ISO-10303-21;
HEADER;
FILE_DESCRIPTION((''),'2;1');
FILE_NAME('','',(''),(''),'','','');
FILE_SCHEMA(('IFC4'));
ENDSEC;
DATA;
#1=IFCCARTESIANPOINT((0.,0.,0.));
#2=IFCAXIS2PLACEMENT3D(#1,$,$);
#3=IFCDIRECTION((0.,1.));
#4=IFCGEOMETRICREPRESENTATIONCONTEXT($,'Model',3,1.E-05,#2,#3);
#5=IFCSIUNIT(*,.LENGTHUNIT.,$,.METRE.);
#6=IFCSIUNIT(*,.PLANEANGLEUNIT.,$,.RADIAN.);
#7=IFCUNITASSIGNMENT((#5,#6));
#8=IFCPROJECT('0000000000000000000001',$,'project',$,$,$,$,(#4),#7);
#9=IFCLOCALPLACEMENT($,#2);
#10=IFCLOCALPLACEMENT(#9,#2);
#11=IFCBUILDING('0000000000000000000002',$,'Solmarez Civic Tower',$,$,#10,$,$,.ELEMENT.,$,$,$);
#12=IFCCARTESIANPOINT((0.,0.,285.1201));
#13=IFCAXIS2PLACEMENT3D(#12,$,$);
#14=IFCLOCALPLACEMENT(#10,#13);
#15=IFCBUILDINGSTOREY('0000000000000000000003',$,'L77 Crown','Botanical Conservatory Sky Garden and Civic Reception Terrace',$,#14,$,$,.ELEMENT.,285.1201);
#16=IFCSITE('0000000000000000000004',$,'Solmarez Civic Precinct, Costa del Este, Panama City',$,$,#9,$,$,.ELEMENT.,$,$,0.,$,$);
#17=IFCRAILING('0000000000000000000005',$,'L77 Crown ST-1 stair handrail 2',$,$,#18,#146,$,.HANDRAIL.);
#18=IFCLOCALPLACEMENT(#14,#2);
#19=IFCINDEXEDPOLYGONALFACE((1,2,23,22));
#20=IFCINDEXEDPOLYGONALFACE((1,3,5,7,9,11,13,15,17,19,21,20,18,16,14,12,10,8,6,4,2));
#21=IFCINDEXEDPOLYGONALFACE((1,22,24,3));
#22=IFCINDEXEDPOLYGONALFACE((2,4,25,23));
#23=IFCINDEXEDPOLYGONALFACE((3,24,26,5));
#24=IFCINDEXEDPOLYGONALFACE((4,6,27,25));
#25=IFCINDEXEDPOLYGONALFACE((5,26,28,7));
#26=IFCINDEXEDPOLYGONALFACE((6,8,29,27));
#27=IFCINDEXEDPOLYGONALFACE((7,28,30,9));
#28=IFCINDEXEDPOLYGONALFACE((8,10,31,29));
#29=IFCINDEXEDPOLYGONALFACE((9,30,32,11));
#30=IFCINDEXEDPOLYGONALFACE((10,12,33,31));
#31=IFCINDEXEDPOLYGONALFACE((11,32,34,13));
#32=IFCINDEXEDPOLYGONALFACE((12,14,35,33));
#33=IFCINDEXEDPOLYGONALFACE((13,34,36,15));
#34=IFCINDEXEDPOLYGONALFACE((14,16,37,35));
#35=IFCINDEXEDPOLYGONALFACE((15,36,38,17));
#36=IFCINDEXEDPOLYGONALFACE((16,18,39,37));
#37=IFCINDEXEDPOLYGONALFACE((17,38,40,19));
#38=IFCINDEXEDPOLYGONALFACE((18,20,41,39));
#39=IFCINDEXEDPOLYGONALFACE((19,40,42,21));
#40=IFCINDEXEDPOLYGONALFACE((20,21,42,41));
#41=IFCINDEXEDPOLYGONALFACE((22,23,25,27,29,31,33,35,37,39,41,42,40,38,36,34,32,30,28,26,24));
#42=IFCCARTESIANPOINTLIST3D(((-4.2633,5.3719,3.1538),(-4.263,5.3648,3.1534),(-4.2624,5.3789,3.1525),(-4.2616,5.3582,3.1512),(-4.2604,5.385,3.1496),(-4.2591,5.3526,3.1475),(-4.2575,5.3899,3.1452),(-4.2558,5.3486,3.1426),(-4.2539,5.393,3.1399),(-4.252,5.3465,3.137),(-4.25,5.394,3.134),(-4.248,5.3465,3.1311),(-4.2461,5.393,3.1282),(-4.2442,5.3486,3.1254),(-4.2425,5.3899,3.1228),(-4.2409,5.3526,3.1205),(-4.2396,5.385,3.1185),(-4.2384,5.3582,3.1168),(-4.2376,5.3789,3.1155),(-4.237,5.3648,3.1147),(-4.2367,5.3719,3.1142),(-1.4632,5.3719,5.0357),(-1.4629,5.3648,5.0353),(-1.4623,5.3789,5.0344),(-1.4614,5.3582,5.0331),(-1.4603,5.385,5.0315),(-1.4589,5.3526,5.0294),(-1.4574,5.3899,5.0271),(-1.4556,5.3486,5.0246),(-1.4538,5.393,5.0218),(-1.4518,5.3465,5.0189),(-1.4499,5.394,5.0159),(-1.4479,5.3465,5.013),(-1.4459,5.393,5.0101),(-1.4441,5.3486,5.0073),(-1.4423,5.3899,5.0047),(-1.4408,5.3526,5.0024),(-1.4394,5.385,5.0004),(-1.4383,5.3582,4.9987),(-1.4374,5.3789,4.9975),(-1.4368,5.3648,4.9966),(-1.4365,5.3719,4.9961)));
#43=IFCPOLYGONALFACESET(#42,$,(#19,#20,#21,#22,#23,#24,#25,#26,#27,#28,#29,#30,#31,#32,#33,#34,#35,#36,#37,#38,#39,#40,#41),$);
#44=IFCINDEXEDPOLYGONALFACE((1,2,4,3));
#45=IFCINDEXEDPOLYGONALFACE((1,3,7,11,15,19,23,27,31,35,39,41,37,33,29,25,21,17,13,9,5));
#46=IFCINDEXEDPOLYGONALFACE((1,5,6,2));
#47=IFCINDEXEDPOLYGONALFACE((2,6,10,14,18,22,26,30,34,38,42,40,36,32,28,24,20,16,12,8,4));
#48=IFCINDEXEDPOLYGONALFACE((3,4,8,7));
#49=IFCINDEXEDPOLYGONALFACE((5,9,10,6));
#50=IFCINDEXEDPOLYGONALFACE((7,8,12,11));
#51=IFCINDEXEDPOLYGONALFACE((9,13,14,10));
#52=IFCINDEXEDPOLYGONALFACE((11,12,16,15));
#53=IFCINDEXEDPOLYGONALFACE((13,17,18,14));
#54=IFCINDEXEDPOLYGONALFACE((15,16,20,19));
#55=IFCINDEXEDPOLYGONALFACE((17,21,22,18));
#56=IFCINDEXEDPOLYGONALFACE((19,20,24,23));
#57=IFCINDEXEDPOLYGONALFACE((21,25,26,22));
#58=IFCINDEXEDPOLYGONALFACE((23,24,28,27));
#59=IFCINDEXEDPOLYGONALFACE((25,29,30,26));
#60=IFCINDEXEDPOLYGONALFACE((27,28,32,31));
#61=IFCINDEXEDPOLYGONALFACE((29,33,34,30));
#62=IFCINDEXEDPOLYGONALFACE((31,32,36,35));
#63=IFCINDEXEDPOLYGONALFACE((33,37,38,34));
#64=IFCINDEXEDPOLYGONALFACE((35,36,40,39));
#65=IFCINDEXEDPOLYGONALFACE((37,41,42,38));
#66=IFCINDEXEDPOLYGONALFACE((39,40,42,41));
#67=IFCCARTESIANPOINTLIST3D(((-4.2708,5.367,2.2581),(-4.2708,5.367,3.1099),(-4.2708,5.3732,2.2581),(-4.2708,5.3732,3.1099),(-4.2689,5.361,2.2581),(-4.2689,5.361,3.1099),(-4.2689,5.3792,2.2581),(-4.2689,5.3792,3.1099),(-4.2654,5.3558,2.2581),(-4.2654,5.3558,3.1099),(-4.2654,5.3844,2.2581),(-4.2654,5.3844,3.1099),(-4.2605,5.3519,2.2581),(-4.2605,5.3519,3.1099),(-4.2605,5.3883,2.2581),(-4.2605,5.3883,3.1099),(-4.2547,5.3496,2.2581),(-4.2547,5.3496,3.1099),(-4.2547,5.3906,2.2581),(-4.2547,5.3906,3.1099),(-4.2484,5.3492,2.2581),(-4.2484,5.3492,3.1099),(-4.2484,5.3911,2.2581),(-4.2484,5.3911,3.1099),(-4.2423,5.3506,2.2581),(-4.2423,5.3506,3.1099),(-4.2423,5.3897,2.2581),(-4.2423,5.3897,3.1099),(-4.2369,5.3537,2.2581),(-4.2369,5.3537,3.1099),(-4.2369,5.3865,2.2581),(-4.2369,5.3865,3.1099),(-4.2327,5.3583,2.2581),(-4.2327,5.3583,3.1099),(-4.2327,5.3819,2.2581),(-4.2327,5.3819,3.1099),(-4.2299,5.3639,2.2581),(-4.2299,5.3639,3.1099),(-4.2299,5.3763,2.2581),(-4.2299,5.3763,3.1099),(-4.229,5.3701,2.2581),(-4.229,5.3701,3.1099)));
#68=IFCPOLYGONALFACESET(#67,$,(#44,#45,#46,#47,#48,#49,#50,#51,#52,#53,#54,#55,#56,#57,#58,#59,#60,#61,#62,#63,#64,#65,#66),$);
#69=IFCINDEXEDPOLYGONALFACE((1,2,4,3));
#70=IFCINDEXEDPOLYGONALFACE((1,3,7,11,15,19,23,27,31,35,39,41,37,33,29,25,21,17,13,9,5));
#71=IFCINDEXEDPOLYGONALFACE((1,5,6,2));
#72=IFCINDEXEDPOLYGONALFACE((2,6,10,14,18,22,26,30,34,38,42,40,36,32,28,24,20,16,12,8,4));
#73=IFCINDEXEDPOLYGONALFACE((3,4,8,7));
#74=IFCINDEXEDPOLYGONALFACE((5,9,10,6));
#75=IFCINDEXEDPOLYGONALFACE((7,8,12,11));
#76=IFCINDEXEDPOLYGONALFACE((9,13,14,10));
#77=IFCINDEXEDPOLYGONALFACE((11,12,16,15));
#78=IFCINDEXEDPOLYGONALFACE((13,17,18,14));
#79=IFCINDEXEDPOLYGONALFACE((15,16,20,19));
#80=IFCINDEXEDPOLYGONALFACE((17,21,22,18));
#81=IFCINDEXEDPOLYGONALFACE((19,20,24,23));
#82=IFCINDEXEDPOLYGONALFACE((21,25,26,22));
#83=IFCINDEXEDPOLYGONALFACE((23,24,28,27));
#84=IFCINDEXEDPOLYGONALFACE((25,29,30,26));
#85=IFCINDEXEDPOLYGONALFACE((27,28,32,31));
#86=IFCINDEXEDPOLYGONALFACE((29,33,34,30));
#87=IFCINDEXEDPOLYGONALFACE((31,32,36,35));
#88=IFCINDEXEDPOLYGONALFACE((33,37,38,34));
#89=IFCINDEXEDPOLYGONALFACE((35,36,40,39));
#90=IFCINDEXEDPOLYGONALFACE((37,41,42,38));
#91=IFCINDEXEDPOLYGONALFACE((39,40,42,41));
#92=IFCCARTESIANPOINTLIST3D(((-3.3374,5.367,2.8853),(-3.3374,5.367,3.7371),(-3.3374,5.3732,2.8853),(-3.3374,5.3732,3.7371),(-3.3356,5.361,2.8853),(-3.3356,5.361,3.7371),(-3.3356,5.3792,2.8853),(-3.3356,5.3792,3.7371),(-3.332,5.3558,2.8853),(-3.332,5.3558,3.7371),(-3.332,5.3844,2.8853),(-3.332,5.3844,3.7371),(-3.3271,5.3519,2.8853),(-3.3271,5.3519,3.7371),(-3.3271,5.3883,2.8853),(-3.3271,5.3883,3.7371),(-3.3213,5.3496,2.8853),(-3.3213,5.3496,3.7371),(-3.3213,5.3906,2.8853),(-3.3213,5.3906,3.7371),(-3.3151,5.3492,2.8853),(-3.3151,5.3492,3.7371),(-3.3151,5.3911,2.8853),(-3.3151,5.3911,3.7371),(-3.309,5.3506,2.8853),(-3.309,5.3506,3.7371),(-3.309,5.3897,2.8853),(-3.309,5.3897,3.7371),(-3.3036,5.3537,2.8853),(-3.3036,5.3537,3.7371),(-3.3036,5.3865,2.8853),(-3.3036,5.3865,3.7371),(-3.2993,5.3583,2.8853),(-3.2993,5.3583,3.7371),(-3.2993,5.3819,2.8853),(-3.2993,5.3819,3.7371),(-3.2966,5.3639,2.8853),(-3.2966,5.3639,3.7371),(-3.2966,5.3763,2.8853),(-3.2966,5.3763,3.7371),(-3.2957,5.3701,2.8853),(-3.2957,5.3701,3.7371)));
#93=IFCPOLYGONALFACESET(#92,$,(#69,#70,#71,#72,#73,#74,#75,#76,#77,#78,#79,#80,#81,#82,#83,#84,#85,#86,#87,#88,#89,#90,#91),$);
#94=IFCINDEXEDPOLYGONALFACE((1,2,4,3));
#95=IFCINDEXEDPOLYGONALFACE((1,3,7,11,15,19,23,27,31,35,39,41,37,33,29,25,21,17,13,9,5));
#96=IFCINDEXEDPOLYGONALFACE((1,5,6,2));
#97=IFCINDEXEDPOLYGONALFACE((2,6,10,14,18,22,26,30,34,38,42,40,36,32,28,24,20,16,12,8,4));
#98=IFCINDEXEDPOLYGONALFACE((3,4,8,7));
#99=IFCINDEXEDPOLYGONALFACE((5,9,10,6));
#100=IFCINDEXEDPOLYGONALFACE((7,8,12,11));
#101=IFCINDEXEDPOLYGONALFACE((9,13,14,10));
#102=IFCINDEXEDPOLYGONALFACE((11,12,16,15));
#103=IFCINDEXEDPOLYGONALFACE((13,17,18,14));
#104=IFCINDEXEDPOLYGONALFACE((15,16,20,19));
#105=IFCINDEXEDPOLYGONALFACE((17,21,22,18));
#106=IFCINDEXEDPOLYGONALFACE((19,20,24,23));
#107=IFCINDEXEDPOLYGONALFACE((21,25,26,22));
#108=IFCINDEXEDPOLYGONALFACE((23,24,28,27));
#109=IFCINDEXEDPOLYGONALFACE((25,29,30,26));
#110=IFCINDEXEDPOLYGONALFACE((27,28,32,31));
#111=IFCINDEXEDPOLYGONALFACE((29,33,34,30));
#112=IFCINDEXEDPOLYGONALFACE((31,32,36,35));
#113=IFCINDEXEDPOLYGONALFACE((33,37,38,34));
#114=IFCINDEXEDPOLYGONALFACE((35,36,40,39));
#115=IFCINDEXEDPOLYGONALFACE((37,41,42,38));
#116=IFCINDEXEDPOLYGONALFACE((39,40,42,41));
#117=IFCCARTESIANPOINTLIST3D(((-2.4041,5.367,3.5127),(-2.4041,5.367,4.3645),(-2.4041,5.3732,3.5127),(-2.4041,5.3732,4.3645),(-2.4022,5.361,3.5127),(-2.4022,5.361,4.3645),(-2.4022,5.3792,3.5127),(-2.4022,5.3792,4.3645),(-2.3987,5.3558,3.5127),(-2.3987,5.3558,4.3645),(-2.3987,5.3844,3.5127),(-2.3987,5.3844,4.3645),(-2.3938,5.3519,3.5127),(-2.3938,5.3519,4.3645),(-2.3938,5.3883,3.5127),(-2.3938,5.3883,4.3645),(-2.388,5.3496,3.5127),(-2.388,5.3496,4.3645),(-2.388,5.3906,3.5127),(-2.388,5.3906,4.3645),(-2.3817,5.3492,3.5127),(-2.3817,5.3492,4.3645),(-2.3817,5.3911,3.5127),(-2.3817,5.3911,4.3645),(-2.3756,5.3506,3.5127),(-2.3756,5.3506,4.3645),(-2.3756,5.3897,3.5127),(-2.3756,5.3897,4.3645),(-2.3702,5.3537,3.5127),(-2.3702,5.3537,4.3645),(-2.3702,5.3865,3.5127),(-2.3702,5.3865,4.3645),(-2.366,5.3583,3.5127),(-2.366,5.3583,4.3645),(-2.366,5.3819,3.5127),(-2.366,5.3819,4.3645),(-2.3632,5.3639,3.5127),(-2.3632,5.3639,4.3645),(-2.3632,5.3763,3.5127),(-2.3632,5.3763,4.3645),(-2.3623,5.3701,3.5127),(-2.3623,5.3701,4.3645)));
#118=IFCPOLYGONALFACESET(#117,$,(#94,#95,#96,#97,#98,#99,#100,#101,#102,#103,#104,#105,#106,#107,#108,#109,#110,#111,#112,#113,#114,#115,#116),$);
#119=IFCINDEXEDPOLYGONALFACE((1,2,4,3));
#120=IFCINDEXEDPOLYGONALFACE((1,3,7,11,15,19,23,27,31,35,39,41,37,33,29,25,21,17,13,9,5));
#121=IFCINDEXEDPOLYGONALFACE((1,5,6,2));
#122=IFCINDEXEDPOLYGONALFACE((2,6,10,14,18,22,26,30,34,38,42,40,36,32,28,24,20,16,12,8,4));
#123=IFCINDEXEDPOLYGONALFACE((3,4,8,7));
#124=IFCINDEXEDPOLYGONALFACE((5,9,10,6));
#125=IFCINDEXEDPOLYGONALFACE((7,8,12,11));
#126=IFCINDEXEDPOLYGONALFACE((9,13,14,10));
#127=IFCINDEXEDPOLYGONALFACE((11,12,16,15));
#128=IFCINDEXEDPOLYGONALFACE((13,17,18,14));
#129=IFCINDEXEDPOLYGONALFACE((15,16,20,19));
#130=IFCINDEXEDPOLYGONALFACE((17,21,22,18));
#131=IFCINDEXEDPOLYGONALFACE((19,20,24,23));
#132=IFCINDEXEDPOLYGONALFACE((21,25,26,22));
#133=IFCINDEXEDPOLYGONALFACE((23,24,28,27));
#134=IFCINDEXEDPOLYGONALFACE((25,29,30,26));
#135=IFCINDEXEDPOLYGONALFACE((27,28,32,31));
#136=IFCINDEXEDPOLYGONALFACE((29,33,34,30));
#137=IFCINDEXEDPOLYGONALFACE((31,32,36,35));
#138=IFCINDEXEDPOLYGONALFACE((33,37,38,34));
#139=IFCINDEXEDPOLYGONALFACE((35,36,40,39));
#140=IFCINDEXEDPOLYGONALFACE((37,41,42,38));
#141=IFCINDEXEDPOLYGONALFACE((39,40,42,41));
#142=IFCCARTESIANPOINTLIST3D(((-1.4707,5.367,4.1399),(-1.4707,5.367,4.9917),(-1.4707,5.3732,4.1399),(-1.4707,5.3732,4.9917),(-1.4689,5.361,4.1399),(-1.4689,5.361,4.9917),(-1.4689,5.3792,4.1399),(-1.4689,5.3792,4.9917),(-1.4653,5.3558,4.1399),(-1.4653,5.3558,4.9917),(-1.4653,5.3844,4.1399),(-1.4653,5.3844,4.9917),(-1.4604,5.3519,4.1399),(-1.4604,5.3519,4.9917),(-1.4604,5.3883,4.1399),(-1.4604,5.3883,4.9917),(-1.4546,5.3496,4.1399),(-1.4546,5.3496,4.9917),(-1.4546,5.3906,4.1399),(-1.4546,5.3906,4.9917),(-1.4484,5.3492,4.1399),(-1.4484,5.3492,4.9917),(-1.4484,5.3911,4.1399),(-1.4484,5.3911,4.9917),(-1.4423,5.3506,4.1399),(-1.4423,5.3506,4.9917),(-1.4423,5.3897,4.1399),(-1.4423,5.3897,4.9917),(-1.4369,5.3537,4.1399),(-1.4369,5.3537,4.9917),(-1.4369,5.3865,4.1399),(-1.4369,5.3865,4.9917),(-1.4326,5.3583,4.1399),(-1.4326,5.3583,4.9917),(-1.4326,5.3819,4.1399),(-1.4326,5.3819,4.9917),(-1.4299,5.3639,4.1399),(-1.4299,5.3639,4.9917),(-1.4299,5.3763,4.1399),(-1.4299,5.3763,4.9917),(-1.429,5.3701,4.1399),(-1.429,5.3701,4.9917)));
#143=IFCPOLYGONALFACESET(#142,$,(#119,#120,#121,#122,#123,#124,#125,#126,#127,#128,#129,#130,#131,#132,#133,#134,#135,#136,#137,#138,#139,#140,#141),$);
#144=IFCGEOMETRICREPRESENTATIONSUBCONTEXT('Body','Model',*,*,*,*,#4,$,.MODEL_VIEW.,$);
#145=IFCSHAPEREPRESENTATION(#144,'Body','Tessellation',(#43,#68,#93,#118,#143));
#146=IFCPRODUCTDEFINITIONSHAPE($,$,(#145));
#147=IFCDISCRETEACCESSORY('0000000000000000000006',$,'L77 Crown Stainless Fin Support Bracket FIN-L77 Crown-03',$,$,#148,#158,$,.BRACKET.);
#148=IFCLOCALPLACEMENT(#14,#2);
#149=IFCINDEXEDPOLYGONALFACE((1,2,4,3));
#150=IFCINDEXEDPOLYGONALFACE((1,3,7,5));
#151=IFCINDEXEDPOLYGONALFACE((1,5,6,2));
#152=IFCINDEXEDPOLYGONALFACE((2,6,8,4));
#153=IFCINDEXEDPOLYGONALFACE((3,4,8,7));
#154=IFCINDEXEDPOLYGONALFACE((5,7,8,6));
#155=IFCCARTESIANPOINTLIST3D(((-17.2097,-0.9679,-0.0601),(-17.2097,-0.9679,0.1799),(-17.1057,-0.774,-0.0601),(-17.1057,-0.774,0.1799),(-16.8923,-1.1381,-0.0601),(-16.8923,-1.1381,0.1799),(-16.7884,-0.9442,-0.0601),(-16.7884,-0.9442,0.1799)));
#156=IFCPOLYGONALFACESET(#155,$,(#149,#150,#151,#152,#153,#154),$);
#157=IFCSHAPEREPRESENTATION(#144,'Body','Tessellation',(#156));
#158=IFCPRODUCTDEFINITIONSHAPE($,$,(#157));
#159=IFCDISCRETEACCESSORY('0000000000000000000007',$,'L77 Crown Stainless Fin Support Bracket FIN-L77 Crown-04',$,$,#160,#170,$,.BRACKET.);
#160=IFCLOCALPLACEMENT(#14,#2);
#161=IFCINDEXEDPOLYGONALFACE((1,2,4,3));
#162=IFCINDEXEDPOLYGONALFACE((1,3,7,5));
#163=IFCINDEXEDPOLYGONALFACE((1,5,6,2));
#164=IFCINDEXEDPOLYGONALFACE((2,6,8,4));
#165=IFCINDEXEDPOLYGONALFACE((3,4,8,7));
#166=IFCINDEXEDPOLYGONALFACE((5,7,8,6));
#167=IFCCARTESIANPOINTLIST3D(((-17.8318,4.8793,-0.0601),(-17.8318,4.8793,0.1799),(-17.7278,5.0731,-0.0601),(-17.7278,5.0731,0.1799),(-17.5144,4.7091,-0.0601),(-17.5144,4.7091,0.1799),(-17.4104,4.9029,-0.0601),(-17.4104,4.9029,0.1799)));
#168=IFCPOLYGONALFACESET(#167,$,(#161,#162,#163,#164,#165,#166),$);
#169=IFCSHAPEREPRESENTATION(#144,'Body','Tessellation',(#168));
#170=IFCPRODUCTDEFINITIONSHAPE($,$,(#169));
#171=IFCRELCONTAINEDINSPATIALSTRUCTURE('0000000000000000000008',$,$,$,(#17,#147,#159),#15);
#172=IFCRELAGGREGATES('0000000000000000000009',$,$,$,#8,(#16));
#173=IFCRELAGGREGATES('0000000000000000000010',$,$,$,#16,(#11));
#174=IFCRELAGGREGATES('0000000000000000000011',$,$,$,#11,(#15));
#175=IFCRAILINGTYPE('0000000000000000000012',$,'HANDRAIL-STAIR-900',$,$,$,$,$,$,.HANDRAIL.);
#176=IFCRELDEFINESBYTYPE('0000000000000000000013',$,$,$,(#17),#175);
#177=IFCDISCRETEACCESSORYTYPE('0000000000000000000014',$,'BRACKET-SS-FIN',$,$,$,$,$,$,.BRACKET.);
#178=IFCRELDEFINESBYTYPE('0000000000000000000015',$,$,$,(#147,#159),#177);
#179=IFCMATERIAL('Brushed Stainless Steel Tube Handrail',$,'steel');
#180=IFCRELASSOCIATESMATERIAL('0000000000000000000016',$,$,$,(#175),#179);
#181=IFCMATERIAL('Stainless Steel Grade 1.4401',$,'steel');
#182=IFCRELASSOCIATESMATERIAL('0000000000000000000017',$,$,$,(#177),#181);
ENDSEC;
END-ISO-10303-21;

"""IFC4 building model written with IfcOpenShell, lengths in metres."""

from ifc_helpers import new_model, si_unit, direction, frame, origin, origin_2d, place, context, subcontext, project, spatial, rectangle, circle, extrude, material, type_object, element, save


model = new_model("IFC4")

# Units and contexts
model_context = context("Model", 3, precision=1e-05, world=origin(), true_north=direction((0.0, 1.0)))
body_context = subcontext(model_context, "Body", "Model", "MODEL_VIEW")
ifc_project = project(units=[si_unit("LENGTHUNIT", "METRE"), si_unit("PLANEANGLEUNIT", "RADIAN")], contexts=[model_context])

# Site, building, storey
site_placement = place(None, origin())
site = spatial("IfcSite", under=ifc_project, at=site_placement, Name="Solmarez Civic Precinct, Costa del Este, Panama City", CompositionType="ELEMENT", RefElevation=0.0)
building_placement = place(site_placement, origin())
building = spatial("IfcBuilding", under=site, at=building_placement, Name="Solmarez Civic Tower", CompositionType="ELEMENT")
storey_placement = place(building_placement, frame((0.0, 0.0, 285.1201)))
storey = spatial("IfcBuildingStorey", under=building, at=storey_placement, Name="L77 Crown", Description="Botanical Conservatory Sky Garden and Civic Reception Terrace", CompositionType="ELEMENT", Elevation=285.1201)

# Railing
ifc_material_1 = material(Name="Brushed Stainless Steel Tube Handrail", Category="steel")
railing_type = type_object("IfcRailingType", Name="HANDRAIL-STAIR-900", PredefinedType="HANDRAIL", material=ifc_material_1)
railing_placement = place(storey_placement, frame((-4.25, 5.3701, 2.2581)))
element("IfcRailing", 1, at=railing_placement, inside=storey, type_object=railing_type, Name="L77 Crown ST-1 stair handrail 2", PredefinedType="HANDRAIL", context=body_context, shape_type="SweptSolid", body=[
    extrude(circle(Radius=0.0239, at=origin_2d()), frame((0.0, 0.0, 0.876), z_axis=(0.829974, 0.0, 0.557803), x_axis=(0.0, 1.0, 0.0)), (0.0, 0.0, 1.0), 3.3738),
    extrude(circle(Radius=0.021, at=origin_2d()), origin(), (0.0, 0.0, 1.0), 0.8518),
    extrude(circle(Radius=0.021, at=origin_2d()), frame((0.9333, 0.0, 0.6272)), (0.0, 0.0, 1.0), 0.8518),
    extrude(circle(Radius=0.021, at=origin_2d()), frame((1.8667, 0.0, 1.2546)), (0.0, 0.0, 1.0), 0.8518),
    extrude(circle(Radius=0.021, at=origin_2d()), frame((2.8, 0.0, 1.8818)), (0.0, 0.0, 1.0), 0.8518),
])

# Discrete accessories
ifc_material_2 = material(Name="Stainless Steel Grade 1.4401", Category="steel")
discrete_accessory_type = type_object("IfcDiscreteAccessoryType", Name="BRACKET-SS-FIN", PredefinedType="BRACKET", material=ifc_material_2)
for number, where, z_axis, x_axis, name in (
    (2, (-16.999, -0.9561, -0.0601), (0.0, 0.0, 1.0), (-0.881261, 0.472629, 0.0), "L77 Crown Stainless Fin Support Bracket FIN-L77 Crown-03"),
    (3, (-17.6211, 4.8911, -0.0601), (0.0, 0.0, 1.0), (-0.881278, 0.472599, 0.0), "L77 Crown Stainless Fin Support Bracket FIN-L77 Crown-04"),
):
    element("IfcDiscreteAccessory", number, at=place(storey_placement, frame(where, z_axis=z_axis, x_axis=x_axis)), inside=storey, type_object=discrete_accessory_type, Name=name, PredefinedType="BRACKET", context=body_context, shape_type="SweptSolid", body=[
        extrude(rectangle(XDim=0.3601, YDim=0.22, at=origin_2d()), origin(), (0.0, 0.0, 1.0), 0.24),
    ])

save(model, "model.ifc")
